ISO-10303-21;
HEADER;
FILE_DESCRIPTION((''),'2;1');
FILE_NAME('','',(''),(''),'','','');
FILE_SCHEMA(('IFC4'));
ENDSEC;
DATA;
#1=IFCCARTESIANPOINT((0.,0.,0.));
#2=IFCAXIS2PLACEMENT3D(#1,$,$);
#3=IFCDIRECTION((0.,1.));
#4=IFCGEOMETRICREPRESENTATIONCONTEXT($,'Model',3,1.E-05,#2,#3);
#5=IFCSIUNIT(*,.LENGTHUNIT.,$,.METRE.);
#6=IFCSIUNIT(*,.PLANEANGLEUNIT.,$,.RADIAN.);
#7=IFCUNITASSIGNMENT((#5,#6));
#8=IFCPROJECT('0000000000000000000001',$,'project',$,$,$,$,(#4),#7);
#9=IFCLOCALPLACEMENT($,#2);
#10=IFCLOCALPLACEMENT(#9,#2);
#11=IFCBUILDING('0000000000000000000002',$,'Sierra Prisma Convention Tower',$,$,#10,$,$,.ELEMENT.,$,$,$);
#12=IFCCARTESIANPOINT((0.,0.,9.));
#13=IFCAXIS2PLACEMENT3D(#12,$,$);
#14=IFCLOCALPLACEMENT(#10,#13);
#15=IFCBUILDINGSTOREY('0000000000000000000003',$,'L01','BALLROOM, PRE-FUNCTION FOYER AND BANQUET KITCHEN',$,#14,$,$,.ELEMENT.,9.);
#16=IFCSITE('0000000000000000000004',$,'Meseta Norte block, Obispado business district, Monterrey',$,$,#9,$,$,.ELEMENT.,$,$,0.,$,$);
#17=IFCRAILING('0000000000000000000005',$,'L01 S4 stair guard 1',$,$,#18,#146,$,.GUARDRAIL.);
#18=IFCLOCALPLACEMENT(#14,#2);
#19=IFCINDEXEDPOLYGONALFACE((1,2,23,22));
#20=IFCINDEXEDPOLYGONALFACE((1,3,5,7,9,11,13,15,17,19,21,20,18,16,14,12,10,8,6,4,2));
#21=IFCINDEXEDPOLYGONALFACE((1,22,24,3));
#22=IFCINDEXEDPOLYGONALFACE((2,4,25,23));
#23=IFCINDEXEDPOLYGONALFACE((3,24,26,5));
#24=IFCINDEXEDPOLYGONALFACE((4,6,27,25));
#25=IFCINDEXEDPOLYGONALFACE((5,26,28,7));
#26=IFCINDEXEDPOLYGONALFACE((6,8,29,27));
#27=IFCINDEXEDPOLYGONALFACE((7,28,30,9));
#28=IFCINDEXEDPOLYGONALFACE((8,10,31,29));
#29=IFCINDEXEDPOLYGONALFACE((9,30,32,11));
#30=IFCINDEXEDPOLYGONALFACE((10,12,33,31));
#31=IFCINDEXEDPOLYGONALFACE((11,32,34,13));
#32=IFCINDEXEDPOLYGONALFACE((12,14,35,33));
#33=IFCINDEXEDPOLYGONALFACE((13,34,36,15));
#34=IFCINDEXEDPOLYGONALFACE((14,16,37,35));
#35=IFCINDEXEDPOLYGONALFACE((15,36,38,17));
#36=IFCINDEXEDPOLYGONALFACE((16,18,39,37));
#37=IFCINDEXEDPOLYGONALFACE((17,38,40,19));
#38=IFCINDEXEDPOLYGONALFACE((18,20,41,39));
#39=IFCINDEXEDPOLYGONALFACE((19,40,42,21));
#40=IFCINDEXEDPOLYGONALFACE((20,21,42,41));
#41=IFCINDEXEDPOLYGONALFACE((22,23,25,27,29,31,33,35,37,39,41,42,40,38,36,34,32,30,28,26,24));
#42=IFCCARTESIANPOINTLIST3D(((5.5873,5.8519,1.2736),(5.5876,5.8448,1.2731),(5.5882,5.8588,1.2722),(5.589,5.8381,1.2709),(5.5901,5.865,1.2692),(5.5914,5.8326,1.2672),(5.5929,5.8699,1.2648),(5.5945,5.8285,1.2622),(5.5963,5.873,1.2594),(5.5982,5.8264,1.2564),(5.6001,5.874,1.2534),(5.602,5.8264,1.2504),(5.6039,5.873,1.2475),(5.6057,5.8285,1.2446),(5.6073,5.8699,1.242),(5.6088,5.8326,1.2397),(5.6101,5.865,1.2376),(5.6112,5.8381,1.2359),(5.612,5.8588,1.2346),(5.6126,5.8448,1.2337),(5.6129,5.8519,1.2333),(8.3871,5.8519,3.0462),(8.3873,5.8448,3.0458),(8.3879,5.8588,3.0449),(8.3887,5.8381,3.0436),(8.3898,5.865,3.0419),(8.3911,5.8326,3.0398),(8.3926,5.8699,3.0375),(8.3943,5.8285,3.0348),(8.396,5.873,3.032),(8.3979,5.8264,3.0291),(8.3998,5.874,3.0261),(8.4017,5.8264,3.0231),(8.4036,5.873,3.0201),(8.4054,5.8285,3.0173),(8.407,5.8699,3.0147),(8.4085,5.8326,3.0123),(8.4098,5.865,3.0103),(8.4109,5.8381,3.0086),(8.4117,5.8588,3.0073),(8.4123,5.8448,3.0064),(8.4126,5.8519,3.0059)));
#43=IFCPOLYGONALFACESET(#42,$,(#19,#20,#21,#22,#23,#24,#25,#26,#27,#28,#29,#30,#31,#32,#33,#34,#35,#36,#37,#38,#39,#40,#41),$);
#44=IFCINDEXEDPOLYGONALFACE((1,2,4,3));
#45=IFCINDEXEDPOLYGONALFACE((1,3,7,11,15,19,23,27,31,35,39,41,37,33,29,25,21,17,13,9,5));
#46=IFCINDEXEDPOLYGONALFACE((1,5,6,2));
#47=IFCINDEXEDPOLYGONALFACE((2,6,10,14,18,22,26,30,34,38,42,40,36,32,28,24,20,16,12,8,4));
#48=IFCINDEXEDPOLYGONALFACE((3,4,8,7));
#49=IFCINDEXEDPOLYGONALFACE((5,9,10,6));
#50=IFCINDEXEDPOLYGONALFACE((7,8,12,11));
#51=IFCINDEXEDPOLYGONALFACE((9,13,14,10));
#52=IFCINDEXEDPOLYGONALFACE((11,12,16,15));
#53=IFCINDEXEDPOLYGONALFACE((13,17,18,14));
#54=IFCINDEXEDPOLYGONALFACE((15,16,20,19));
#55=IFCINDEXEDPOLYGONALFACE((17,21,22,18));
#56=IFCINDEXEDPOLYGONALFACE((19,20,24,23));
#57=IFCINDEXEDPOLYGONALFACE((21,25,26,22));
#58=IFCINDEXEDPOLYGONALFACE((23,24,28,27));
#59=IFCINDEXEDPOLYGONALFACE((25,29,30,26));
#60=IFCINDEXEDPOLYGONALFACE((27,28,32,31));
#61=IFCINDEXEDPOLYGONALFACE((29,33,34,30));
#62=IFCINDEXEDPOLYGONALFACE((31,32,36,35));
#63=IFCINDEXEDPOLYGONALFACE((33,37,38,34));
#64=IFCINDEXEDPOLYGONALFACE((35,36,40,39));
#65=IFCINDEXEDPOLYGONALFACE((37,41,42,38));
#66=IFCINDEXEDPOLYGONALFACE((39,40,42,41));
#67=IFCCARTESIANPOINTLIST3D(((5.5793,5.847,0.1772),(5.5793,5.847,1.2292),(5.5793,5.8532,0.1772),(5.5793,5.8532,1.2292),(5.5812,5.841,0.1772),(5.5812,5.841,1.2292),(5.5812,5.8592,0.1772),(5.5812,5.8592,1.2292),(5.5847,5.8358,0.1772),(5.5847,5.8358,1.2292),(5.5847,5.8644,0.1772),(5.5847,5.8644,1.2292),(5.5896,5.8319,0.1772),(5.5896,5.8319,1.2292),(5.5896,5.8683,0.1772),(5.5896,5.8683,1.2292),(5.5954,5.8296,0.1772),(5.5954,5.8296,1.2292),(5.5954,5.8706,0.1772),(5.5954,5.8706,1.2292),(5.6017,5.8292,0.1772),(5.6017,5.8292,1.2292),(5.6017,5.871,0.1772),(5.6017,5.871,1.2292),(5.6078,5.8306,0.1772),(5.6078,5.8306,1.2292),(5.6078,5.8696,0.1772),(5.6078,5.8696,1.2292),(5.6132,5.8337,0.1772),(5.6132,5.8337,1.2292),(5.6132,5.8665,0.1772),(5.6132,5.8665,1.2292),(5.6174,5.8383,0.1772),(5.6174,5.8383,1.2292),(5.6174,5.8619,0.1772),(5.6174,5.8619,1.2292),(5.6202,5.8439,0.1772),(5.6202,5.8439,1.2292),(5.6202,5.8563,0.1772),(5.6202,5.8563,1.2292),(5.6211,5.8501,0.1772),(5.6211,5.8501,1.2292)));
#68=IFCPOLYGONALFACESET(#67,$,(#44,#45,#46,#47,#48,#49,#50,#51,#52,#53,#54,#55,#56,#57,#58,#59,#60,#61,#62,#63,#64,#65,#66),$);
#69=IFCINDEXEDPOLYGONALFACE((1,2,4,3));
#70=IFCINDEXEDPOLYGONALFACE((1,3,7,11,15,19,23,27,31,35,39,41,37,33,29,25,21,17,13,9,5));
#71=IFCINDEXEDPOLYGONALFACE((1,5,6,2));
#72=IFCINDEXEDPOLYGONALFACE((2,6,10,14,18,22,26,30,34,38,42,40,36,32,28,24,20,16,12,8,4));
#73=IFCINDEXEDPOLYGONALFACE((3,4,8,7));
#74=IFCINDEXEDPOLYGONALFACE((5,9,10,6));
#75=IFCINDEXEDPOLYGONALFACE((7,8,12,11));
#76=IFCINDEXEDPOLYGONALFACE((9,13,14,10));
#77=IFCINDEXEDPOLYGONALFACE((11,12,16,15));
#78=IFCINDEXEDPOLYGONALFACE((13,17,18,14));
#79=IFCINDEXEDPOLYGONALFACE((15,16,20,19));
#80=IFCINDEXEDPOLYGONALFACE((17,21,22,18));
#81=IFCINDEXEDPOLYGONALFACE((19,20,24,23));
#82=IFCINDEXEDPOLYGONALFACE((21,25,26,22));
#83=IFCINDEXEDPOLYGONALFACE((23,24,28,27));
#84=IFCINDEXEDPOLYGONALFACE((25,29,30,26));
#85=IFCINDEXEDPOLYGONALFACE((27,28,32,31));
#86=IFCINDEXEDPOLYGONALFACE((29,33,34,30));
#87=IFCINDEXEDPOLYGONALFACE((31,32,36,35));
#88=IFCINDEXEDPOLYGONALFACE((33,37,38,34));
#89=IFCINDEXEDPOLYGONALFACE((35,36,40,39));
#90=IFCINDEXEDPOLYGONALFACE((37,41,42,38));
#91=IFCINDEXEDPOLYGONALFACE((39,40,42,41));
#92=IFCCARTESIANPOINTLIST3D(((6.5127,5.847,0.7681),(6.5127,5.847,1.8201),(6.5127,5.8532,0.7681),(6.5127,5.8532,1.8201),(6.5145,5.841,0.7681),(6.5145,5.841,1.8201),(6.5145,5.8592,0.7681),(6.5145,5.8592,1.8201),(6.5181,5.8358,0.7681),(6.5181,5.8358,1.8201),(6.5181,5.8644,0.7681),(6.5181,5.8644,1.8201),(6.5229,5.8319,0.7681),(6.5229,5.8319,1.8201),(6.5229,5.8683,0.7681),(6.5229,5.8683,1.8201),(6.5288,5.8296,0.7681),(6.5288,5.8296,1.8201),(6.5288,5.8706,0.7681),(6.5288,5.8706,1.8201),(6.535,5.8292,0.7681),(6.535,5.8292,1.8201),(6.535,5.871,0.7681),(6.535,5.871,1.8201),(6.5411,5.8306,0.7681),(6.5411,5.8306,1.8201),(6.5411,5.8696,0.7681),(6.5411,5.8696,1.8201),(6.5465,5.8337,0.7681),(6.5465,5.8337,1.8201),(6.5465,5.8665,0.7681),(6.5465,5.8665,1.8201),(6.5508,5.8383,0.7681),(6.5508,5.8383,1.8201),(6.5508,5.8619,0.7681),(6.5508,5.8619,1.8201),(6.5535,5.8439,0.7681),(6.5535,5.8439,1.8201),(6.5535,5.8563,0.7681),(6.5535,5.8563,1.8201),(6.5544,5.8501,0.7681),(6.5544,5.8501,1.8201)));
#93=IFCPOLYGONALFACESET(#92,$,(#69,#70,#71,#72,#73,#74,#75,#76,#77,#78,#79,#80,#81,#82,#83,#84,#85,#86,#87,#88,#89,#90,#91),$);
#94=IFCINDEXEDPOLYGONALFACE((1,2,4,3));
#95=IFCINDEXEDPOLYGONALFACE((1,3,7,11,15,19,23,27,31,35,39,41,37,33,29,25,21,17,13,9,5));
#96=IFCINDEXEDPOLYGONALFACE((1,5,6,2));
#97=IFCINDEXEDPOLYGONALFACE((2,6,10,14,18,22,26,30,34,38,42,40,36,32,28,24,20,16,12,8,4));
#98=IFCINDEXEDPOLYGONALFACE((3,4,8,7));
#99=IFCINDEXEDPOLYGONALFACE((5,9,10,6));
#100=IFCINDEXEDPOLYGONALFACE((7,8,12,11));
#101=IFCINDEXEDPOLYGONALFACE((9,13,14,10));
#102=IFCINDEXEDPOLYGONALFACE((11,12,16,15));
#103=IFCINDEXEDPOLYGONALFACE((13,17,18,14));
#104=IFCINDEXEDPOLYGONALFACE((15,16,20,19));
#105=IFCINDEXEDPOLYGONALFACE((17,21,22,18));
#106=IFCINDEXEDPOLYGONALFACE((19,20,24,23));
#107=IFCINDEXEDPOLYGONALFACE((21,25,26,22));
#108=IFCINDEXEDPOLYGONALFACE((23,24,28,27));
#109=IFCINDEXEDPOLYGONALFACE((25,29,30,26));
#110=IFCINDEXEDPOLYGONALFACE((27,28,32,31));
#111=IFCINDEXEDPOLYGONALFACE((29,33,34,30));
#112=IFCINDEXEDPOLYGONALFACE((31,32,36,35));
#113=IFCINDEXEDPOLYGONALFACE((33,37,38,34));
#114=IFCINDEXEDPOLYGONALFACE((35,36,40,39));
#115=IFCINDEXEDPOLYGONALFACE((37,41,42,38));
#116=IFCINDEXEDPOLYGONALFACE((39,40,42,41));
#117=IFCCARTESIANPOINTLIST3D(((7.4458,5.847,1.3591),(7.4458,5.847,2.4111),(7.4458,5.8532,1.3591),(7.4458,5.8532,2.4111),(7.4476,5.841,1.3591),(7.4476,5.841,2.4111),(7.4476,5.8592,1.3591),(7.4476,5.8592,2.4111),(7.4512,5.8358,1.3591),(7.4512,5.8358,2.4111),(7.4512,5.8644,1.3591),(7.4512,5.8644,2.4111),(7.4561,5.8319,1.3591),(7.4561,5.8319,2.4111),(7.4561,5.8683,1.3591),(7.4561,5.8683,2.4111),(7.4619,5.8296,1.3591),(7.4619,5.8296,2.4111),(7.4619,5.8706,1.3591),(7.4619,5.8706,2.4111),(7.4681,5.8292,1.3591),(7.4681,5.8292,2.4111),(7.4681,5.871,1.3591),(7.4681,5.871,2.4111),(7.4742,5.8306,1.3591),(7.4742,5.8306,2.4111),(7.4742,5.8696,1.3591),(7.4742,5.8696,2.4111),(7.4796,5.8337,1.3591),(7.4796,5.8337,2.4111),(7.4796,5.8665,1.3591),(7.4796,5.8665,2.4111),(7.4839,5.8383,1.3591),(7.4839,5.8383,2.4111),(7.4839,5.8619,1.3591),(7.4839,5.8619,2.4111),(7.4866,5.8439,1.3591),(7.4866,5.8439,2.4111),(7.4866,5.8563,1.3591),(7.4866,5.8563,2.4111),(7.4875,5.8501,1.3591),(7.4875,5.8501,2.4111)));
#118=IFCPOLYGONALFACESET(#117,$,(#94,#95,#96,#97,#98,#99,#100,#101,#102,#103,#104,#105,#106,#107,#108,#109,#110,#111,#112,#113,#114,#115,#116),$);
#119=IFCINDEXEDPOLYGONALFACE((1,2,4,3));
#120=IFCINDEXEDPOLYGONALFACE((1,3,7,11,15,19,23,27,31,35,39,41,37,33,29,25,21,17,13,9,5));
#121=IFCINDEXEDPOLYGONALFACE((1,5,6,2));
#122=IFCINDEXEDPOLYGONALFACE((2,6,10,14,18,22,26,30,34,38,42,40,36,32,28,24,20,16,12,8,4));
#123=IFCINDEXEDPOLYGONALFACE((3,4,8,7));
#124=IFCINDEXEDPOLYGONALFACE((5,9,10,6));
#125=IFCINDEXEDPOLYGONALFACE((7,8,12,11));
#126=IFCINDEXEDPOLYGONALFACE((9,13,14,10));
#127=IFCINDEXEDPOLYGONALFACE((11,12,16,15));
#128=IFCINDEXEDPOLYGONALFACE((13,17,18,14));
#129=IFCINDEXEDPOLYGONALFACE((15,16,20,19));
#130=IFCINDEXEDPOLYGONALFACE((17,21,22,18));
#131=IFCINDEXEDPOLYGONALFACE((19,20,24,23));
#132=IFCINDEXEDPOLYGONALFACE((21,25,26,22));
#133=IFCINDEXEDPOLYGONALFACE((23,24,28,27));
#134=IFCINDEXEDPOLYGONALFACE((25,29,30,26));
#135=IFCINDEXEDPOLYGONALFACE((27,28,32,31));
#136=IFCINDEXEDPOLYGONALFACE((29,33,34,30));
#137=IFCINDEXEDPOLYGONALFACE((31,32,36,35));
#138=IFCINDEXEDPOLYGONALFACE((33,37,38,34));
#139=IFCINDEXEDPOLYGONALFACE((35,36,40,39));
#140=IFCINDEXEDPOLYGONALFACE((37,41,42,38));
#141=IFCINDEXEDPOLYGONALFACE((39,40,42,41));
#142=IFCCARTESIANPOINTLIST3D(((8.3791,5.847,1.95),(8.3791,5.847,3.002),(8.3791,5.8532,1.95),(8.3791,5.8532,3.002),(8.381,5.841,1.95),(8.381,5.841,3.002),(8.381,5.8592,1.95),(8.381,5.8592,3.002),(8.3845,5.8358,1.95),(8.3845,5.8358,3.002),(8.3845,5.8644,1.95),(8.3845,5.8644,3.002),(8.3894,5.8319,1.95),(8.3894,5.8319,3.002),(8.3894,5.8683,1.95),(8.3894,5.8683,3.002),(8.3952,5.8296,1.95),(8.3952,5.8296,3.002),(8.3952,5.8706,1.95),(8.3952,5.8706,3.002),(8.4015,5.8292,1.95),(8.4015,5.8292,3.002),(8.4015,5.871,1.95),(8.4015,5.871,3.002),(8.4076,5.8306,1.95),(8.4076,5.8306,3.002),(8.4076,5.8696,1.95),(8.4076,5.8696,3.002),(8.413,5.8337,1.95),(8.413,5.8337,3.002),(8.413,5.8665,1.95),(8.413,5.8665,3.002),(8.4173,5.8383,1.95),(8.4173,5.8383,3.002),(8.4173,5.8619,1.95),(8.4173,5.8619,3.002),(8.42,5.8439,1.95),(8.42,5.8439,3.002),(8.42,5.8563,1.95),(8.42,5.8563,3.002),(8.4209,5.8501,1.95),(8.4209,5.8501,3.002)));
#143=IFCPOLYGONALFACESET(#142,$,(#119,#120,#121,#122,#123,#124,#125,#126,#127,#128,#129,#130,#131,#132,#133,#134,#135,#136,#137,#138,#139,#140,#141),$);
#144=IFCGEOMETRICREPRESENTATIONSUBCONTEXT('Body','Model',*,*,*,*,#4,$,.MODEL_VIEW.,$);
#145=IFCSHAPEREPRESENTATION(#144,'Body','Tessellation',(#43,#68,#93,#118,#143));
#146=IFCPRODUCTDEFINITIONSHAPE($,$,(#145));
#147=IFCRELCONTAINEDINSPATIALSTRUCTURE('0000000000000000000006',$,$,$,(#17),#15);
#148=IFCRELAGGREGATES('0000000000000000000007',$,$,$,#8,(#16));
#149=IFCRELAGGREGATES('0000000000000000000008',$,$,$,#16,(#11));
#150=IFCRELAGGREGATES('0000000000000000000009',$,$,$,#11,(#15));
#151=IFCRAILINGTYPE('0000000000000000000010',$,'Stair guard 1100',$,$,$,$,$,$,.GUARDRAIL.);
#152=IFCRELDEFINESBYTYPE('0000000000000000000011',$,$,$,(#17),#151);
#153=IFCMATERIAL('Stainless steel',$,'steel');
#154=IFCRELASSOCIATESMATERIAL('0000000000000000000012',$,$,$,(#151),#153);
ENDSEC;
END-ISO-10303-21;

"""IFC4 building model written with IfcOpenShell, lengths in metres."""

from ifc_helpers import new_model, si_unit, direction, frame, origin, origin_2d, place, context, subcontext, project, spatial, circle, extrude, material, type_object, element, save


model = new_model("IFC4")

# Units and contexts
model_context = context("Model", 3, precision=1e-05, world=origin(), true_north=direction((0.0, 1.0)))
body_context = subcontext(model_context, "Body", "Model", "MODEL_VIEW")
ifc_project = project(units=[si_unit("LENGTHUNIT", "METRE"), si_unit("PLANEANGLEUNIT", "RADIAN")], contexts=[model_context])

# Site, building, storey
site_placement = place(None, origin())
site = spatial("IfcSite", under=ifc_project, at=site_placement, Name="Meseta Norte block, Obispado business district, Monterrey", CompositionType="ELEMENT", RefElevation=0.0)
building_placement = place(site_placement, origin())
building = spatial("IfcBuilding", under=site, at=building_placement, Name="Sierra Prisma Convention Tower", CompositionType="ELEMENT")
storey_placement = place(building_placement, frame((0.0, 0.0, 9.0)))
storey = spatial("IfcBuildingStorey", under=building, at=storey_placement, Name="L01", Description="BALLROOM, PRE-FUNCTION FOYER AND BANQUET KITCHEN", CompositionType="ELEMENT", Elevation=9.0)

# Railing
ifc_material_1 = material(Name="Stainless steel", Category="steel")
railing_type_1 = type_object("IfcRailingType", Name="Stair guard 1100", PredefinedType="GUARDRAIL", material=ifc_material_1)
railing_1_placement = place(storey_placement, frame((5.6001, 5.8501, 0.1772)))
element("IfcRailing", 1, at=railing_1_placement, inside=storey, type_object=railing_type_1, Name="L01 S4 stair guard 1", PredefinedType="GUARDRAIL", context=body_context, shape_type="SweptSolid", body=[
    extrude(circle(Radius=0.0239, at=origin_2d()), frame((0.0, 0.0, 1.0762), z_axis=(0.844888, 0.0, 0.534943), x_axis=(0.0, 1.0, 0.0)), (0.0, 0.0, 1.0), 3.3137),
    extrude(circle(Radius=0.021, at=origin_2d()), origin(), (0.0, 0.0, 1.0), 1.052),
    extrude(circle(Radius=0.021, at=origin_2d()), frame((0.9333, 0.0, 0.5908)), (0.0, 0.0, 1.0), 1.052),
    extrude(circle(Radius=0.021, at=origin_2d()), frame((1.8665, 0.0, 1.1819)), (0.0, 0.0, 1.0), 1.052),
    extrude(circle(Radius=0.021, at=origin_2d()), frame((2.7998, 0.0, 1.7727)), (0.0, 0.0, 1.0), 1.052),
])

save(model, "model.ifc")
